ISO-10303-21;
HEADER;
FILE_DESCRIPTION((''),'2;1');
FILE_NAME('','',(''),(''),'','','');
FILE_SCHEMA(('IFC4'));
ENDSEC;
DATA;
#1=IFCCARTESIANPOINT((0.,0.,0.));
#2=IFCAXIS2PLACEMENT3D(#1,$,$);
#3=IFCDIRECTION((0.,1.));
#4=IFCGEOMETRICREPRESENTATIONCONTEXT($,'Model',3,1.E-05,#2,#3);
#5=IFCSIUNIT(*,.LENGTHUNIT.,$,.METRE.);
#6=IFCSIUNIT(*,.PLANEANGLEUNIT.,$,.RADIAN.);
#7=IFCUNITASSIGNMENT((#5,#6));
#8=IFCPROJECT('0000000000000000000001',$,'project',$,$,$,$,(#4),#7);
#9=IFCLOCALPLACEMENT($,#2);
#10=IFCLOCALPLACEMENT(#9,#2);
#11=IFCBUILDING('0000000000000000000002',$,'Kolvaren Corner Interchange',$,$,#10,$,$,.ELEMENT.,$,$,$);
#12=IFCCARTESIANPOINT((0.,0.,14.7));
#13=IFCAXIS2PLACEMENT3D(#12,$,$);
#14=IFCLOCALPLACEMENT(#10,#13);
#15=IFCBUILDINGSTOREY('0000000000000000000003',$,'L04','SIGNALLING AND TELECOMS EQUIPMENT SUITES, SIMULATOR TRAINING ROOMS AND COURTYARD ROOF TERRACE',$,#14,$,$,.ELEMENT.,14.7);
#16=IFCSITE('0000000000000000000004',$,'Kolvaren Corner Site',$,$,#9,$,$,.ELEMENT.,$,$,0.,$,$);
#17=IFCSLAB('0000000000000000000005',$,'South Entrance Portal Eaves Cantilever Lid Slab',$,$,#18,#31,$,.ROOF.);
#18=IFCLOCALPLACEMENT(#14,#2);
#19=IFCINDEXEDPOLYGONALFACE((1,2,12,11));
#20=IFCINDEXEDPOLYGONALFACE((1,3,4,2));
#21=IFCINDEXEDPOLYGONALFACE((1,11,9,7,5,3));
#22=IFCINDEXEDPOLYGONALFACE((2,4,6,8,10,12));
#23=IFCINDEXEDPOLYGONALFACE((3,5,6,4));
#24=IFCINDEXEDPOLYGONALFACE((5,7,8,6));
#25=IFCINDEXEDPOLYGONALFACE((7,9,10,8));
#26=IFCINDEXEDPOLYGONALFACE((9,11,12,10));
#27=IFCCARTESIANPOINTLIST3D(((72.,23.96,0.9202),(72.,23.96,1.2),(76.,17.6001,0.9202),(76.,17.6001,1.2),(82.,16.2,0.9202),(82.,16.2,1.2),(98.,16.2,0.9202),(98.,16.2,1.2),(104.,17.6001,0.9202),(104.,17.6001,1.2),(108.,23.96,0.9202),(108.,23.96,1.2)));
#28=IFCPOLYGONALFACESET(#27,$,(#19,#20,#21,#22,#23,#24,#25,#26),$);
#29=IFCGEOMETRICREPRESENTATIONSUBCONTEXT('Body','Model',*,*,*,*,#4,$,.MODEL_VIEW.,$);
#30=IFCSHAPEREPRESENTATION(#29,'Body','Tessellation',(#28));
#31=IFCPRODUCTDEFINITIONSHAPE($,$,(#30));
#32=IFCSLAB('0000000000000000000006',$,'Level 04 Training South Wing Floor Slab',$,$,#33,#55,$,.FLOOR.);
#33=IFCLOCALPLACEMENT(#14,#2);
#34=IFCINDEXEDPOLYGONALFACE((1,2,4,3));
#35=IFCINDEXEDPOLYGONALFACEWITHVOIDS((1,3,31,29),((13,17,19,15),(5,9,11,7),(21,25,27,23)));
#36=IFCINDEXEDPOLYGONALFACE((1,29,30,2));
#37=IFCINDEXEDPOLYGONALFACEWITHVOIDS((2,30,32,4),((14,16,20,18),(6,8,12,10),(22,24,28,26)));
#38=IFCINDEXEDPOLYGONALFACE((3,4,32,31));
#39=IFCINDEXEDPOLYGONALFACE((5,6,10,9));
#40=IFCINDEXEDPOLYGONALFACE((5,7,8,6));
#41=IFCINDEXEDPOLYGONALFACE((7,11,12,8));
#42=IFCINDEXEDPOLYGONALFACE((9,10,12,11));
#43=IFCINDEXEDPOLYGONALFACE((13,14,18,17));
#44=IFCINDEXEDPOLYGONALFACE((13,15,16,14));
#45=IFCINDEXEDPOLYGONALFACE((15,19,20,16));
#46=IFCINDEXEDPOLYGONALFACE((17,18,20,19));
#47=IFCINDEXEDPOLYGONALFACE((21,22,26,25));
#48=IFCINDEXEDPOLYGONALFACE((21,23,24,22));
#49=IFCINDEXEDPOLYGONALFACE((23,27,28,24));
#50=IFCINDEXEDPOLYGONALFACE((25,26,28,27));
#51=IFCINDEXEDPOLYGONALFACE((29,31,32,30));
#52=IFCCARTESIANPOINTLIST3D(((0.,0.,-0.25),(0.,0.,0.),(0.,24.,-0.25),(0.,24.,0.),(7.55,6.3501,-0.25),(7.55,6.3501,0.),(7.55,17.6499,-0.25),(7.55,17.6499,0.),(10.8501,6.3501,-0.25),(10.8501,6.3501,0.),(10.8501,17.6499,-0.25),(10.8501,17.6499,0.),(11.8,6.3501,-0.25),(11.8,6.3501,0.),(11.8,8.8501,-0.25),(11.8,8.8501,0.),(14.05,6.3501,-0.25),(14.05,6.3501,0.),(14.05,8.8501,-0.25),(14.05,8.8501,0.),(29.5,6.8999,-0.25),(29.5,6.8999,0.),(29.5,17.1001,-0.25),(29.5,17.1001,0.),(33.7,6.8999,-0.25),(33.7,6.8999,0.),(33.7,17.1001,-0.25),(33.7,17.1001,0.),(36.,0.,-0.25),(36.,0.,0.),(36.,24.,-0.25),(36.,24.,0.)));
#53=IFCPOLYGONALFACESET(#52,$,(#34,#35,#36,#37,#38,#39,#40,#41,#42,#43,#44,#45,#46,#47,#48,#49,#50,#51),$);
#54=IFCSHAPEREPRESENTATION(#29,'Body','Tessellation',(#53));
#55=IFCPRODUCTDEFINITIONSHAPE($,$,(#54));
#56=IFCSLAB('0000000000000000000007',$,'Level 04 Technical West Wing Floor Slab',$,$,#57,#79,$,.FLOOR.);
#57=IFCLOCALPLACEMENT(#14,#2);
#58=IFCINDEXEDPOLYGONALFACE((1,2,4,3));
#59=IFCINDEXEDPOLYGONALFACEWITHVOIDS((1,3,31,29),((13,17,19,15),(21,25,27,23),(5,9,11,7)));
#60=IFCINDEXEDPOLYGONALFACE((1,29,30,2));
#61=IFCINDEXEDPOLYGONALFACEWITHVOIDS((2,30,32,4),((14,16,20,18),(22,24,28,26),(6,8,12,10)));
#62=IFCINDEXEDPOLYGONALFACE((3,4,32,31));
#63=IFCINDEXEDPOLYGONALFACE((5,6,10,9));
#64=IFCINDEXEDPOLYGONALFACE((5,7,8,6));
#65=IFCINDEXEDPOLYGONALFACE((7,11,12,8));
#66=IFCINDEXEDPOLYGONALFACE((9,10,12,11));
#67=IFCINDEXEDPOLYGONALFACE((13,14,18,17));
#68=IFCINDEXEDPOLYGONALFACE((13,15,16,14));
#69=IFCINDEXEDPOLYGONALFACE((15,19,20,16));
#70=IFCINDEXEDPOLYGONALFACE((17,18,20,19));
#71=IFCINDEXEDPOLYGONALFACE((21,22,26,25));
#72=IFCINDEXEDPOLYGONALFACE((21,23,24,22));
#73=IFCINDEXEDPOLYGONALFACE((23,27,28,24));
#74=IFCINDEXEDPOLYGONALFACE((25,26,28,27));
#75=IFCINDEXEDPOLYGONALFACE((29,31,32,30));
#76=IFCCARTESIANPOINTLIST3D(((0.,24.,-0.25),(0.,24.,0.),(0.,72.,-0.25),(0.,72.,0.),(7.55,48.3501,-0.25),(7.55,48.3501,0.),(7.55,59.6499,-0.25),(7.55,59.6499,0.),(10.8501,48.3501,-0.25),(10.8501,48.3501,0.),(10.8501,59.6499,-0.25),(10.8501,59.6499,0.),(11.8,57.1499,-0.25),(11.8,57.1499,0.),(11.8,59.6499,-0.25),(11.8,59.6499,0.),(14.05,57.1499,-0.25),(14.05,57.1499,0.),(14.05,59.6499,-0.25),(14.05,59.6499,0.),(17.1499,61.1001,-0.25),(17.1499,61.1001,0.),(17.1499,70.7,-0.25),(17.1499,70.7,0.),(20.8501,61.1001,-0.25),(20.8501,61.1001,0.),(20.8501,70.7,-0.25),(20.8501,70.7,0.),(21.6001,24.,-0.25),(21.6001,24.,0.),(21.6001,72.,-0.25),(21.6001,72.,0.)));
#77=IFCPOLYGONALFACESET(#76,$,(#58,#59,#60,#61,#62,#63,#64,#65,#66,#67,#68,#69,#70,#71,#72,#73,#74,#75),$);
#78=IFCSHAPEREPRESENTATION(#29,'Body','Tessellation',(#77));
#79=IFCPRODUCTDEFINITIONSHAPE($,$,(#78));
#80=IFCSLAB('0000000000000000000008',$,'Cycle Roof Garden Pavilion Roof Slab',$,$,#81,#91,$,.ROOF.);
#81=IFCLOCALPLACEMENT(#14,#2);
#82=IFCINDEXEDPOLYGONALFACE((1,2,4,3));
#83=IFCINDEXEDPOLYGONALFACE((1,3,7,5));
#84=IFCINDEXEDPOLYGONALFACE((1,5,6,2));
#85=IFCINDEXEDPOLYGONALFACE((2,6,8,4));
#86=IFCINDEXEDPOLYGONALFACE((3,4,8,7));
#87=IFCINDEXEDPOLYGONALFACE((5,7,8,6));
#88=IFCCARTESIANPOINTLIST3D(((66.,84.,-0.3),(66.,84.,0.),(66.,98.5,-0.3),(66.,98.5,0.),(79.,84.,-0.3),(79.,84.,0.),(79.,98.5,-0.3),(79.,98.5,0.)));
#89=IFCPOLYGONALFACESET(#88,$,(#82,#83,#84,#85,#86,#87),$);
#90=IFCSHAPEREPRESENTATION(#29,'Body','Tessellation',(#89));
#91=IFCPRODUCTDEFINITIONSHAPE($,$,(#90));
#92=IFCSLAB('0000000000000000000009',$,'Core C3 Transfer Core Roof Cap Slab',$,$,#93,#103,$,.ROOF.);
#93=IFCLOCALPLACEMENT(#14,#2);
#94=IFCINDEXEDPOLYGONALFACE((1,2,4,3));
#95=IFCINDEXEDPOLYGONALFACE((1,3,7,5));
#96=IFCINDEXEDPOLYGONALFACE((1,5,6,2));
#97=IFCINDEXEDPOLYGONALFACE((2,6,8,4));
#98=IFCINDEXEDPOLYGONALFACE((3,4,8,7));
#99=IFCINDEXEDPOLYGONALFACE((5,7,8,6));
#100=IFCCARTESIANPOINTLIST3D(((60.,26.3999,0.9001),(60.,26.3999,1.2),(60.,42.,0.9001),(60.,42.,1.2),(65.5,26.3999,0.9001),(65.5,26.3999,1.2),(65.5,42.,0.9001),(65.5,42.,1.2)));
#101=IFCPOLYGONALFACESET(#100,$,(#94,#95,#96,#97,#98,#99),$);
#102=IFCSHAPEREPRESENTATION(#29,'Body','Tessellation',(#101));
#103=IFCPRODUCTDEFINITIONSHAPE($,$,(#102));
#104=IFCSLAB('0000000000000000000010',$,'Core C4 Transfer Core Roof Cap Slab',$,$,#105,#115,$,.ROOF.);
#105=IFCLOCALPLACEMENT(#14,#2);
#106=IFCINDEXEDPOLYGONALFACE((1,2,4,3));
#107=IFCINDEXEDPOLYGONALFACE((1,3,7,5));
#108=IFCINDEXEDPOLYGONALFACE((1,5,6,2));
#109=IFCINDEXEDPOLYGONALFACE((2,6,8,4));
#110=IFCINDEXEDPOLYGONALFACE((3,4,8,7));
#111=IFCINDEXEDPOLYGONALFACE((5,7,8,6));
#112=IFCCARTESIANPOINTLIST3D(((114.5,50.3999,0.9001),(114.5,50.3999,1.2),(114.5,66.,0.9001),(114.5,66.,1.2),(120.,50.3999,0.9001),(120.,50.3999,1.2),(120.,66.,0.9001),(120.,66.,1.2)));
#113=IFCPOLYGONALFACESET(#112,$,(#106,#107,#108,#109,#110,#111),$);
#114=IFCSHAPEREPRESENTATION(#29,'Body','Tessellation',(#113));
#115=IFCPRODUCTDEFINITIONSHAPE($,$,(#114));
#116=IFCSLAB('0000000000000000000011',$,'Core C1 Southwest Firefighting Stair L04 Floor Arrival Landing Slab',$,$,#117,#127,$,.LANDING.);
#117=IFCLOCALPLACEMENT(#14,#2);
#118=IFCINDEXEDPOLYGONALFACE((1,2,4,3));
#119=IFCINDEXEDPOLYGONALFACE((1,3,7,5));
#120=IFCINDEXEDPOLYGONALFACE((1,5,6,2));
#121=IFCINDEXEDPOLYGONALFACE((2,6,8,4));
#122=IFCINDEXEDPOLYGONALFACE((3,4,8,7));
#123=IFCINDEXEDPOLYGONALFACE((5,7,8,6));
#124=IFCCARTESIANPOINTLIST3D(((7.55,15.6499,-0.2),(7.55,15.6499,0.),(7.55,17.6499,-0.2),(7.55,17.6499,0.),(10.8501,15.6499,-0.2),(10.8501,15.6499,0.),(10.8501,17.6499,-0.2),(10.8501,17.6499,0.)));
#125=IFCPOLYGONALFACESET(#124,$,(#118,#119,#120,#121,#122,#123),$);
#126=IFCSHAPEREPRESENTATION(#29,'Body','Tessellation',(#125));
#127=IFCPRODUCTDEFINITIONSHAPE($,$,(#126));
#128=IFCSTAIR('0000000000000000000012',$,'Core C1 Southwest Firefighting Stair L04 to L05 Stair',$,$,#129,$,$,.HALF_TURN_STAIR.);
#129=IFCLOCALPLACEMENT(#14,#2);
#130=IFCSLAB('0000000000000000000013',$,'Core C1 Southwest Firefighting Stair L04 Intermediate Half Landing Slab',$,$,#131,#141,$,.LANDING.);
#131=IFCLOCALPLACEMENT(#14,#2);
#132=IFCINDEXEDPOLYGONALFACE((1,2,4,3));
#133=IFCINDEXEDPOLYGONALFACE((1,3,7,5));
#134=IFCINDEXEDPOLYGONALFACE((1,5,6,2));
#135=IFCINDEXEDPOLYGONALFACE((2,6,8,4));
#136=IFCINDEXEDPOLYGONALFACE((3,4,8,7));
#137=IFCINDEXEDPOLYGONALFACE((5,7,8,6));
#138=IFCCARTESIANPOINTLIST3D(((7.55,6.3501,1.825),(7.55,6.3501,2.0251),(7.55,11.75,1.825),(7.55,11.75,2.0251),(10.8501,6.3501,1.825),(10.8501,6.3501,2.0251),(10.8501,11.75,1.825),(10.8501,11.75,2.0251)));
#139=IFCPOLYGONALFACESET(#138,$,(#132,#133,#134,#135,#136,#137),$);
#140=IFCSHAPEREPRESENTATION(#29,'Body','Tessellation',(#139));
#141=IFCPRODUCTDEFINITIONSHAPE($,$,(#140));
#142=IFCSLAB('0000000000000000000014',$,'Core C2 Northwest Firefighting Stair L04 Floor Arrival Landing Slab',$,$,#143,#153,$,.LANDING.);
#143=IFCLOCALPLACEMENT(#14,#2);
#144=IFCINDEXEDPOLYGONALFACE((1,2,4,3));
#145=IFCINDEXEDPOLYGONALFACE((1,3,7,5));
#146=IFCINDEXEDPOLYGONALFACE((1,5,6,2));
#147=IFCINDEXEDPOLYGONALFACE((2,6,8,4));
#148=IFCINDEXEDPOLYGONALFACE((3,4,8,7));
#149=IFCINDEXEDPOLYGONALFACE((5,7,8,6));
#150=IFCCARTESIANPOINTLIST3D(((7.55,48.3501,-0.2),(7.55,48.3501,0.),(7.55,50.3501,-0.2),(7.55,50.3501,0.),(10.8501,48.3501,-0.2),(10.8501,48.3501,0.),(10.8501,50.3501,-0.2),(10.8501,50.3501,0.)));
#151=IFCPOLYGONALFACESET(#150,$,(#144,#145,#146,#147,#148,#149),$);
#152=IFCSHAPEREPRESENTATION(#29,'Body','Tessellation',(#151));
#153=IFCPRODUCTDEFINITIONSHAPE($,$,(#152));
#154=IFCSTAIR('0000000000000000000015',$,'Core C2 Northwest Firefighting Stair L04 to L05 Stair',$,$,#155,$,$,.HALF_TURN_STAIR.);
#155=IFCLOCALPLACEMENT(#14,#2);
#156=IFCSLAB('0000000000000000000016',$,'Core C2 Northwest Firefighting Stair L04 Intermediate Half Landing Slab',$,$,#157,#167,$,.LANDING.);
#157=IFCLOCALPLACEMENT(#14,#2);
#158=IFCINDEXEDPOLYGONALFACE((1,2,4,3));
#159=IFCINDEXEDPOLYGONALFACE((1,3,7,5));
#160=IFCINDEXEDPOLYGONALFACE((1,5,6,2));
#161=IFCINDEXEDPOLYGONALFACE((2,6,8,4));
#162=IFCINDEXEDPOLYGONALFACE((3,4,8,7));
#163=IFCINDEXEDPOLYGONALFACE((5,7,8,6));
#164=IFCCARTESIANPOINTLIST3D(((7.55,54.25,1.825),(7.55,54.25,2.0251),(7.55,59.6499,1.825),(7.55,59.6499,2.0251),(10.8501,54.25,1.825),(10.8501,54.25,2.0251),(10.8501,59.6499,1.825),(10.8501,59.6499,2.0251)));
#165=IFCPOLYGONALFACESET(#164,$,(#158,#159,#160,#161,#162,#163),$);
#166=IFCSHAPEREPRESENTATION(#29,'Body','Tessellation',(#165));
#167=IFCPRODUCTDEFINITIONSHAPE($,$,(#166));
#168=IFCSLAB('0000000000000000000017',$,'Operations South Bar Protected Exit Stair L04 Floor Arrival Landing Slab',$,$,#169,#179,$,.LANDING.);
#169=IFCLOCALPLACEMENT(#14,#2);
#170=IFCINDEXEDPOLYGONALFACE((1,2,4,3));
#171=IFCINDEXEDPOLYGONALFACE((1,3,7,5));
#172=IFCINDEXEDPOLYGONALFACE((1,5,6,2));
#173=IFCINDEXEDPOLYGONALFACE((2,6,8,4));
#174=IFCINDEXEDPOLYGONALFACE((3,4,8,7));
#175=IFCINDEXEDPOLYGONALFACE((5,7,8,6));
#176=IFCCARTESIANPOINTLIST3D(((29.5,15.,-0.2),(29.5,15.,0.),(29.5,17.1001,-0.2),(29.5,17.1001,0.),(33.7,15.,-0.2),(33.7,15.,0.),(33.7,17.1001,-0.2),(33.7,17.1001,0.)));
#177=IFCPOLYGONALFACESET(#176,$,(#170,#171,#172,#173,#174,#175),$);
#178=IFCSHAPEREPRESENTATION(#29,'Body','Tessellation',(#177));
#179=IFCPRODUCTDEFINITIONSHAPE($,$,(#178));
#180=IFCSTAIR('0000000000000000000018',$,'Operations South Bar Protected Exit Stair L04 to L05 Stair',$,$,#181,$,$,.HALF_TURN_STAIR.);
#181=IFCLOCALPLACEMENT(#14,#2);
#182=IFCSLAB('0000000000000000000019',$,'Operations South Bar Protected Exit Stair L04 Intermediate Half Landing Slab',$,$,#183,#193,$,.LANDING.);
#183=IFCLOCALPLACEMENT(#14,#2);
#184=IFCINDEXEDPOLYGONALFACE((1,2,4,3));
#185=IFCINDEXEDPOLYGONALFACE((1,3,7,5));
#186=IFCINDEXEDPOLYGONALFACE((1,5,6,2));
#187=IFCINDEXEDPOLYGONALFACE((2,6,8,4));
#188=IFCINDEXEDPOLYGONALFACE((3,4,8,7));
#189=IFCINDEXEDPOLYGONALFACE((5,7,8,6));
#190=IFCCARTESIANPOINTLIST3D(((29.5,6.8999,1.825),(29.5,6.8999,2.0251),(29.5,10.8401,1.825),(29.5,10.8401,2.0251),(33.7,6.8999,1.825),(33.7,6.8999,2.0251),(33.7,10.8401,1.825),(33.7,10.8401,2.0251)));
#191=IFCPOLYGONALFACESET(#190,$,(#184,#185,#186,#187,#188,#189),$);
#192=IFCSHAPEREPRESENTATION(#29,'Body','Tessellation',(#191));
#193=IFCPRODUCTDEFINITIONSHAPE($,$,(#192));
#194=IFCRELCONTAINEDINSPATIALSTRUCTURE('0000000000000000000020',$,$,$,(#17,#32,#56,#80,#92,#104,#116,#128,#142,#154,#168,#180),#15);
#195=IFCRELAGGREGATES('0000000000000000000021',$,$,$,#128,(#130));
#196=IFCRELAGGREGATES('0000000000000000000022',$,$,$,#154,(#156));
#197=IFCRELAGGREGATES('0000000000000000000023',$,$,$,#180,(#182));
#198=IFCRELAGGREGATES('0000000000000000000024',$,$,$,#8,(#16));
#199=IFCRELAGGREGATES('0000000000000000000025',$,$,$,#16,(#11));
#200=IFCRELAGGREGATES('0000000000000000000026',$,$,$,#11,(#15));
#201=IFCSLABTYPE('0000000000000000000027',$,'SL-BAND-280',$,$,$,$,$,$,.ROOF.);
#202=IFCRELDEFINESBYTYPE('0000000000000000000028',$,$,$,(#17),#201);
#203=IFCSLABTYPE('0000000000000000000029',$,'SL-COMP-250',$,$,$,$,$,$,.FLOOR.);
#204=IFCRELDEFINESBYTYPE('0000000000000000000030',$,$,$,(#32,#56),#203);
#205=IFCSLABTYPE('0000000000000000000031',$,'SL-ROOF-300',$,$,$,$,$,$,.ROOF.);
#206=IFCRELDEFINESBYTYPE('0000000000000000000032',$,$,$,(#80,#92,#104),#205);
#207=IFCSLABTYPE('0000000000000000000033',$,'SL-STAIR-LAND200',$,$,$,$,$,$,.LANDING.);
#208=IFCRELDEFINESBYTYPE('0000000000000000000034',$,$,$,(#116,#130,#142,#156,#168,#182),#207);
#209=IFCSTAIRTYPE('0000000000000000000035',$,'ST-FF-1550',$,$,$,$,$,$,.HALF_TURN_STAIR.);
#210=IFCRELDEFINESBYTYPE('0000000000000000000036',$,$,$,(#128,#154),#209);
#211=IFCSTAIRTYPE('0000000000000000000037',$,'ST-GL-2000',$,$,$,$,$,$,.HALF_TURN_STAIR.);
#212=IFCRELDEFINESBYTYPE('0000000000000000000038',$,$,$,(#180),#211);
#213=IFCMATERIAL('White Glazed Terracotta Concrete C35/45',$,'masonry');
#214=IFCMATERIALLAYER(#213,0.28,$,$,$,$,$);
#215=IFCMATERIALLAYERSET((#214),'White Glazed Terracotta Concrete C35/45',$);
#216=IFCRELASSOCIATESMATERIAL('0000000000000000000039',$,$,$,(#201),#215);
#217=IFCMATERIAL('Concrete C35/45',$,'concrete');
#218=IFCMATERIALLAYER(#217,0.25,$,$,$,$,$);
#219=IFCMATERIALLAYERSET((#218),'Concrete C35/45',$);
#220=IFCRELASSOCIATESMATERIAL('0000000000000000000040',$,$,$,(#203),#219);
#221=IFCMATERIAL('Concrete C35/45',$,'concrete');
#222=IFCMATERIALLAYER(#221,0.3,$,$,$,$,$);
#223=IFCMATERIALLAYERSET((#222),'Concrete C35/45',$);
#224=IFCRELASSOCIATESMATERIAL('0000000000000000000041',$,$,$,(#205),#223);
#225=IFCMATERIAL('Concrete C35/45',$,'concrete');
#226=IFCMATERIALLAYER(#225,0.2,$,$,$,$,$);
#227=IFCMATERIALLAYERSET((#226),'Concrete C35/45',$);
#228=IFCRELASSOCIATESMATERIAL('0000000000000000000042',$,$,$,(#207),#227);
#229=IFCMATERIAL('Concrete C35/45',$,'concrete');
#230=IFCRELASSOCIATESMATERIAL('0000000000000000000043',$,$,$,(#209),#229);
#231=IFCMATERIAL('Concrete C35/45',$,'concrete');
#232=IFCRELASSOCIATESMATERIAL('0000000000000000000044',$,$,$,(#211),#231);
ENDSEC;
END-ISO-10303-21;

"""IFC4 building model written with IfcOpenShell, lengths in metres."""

from ifc_helpers import new_model, si_unit, direction, frame, origin, place, context, subcontext, project, spatial, polyline, outline, extrude, material, layer, layer_set, type_object, element, aggregate, save


model = new_model("IFC4")

# Units and contexts
model_context = context("Model", 3, precision=1e-05, world=origin(), true_north=direction((0.0, 1.0)))
body_context = subcontext(model_context, "Body", "Model", "MODEL_VIEW")
ifc_project = project(units=[si_unit("LENGTHUNIT", "METRE"), si_unit("PLANEANGLEUNIT", "RADIAN")], contexts=[model_context])

# Site, building, storey
site_placement = place(None, origin())
site = spatial("IfcSite", under=ifc_project, at=site_placement, Name="Kolvaren Corner Site", CompositionType="ELEMENT", RefElevation=0.0)
building_placement = place(site_placement, origin())
building = spatial("IfcBuilding", under=site, at=building_placement, Name="Kolvaren Corner Interchange", CompositionType="ELEMENT")
storey_placement = place(building_placement, frame((0.0, 0.0, 14.7)))
storey = spatial("IfcBuildingStorey", under=building, at=storey_placement, Name="L04", Description="SIGNALLING AND TELECOMS EQUIPMENT SUITES, SIMULATOR TRAINING ROOMS AND COURTYARD ROOF TERRACE", CompositionType="ELEMENT", Elevation=14.7)

# Slabs
ifc_material_1 = material(Name="White Glazed Terracotta Concrete C35/45", Category="masonry")
ifc_layer_1 = layer(ifc_material_1, 0.28)
ifc_layer_set_1 = layer_set([ifc_layer_1], Name="White Glazed Terracotta Concrete C35/45")
slab_type_1 = type_object("IfcSlabType", Name="SL-BAND-280", PredefinedType="ROOF", material=ifc_layer_set_1)
slab_1_placement = place(storey_placement, frame((0.0, 0.0, 0.9202)))
element("IfcSlab", 1, at=slab_1_placement, inside=storey, type_object=slab_type_1, Name="South Entrance Portal Eaves Cantilever Lid Slab", PredefinedType="ROOF", context=body_context, shape_type="SweptSolid", body=[
    extrude(outline(polyline([(72.0, 23.96), (76.0, 17.6001), (82.0, 16.2), (98.0, 16.2), (104.0, 17.6001), (108.0, 23.96), (72.0, 23.96)])), origin(), (0.0, 0.0, 1.0), 0.2798),
])
ifc_material_2 = material(Name="Concrete C35/45", Category="concrete")
ifc_layer_2 = layer(ifc_material_2, 0.25)
ifc_layer_set_2 = layer_set([ifc_layer_2], Name="Concrete C35/45")
slab_type_2 = type_object("IfcSlabType", Name="SL-COMP-250", PredefinedType="FLOOR", material=ifc_layer_set_2)
slab_2_placement = place(storey_placement, frame((0.0, 0.0, -0.25)))
element("IfcSlab", 2, at=slab_2_placement, inside=storey, type_object=slab_type_2, Name="Level 04 Training South Wing Floor Slab", PredefinedType="FLOOR", context=body_context, shape_type="SweptSolid", body=[
    extrude(outline(polyline([(0.0, 24.0), (0.0, 0.0), (36.0, 0.0), (36.0, 24.0), (0.0, 24.0)]), holes=[polyline([(10.8501, 17.6499), (10.8501, 6.3501), (7.55, 6.3501), (7.55, 17.6499), (10.8501, 17.6499)]), polyline([(29.5, 6.8999), (29.5, 17.1001), (33.7, 17.1001), (33.7, 6.8999), (29.5, 6.8999)]), polyline([(14.05, 8.8501), (14.05, 6.3501), (11.8, 6.3501), (11.8, 8.8501), (14.05, 8.8501)])]), origin(), (0.0, 0.0, 1.0), 0.25),
])
slab_3_placement = place(storey_placement, frame((0.0, 0.0, -0.25)))
element("IfcSlab", 3, at=slab_3_placement, inside=storey, type_object=slab_type_2, Name="Level 04 Technical West Wing Floor Slab", PredefinedType="FLOOR", context=body_context, shape_type="SweptSolid", body=[
    extrude(outline(polyline([(21.6001, 72.0), (0.0, 72.0), (0.0, 24.0), (21.6001, 24.0), (21.6001, 72.0)]), holes=[polyline([(10.8501, 59.6499), (10.8501, 48.3501), (7.55, 48.3501), (7.55, 59.6499), (10.8501, 59.6499)]), polyline([(17.1499, 61.1001), (17.1499, 70.7), (20.8501, 70.7), (20.8501, 61.1001), (17.1499, 61.1001)]), polyline([(14.05, 59.6499), (14.05, 57.1499), (11.8, 57.1499), (11.8, 59.6499), (14.05, 59.6499)])]), origin(), (0.0, 0.0, 1.0), 0.25),
])
ifc_material_3 = material(Name="Concrete C35/45", Category="concrete")
ifc_layer_3 = layer(ifc_material_3, 0.3)
ifc_layer_set_3 = layer_set([ifc_layer_3], Name="Concrete C35/45")
slab_type_3 = type_object("IfcSlabType", Name="SL-ROOF-300", PredefinedType="ROOF", material=ifc_layer_set_3)
slab_4_placement = place(storey_placement, frame((0.0, 0.0, -0.3)))
element("IfcSlab", 4, at=slab_4_placement, inside=storey, type_object=slab_type_3, Name="Cycle Roof Garden Pavilion Roof Slab", PredefinedType="ROOF", context=body_context, shape_type="SweptSolid", body=[
    extrude(outline(polyline([(66.0, 84.0), (79.0, 84.0), (79.0, 98.5), (66.0, 98.5), (66.0, 84.0)])), origin(), (0.0, 0.0, 1.0), 0.3),
])
slab_5_placement = place(storey_placement, frame((0.0, 0.0, 0.9001)))
element("IfcSlab", 5, at=slab_5_placement, inside=storey, type_object=slab_type_3, Name="Core C3 Transfer Core Roof Cap Slab", PredefinedType="ROOF", context=body_context, shape_type="SweptSolid", body=[
    extrude(outline(polyline([(60.0, 26.3999), (65.5, 26.3999), (65.5, 42.0), (60.0, 42.0), (60.0, 26.3999)])), origin(), (0.0, 0.0, 1.0), 0.2998),
])
slab_6_placement = place(storey_placement, frame((0.0, 0.0, 0.9001)))
element("IfcSlab", 6, at=slab_6_placement, inside=storey, type_object=slab_type_3, Name="Core C4 Transfer Core Roof Cap Slab", PredefinedType="ROOF", context=body_context, shape_type="SweptSolid", body=[
    extrude(outline(polyline([(114.5, 50.3999), (120.0, 50.3999), (120.0, 66.0), (114.5, 66.0), (114.5, 50.3999)])), origin(), (0.0, 0.0, 1.0), 0.2998),
])
ifc_material_4 = material(Name="Concrete C35/45", Category="concrete")
ifc_layer_4 = layer(ifc_material_4, 0.2)
ifc_layer_set_4 = layer_set([ifc_layer_4], Name="Concrete C35/45")
slab_type_4 = type_object("IfcSlabType", Name="SL-STAIR-LAND200", PredefinedType="LANDING", material=ifc_layer_set_4)
slab_7_placement = place(storey_placement, frame((0.0, 0.0, -0.2)))
element("IfcSlab", 7, at=slab_7_placement, inside=storey, type_object=slab_type_4, Name="Core C1 Southwest Firefighting Stair L04 Floor Arrival Landing Slab", PredefinedType="LANDING", context=body_context, shape_type="SweptSolid", body=[
    extrude(outline(polyline([(7.55, 17.6499), (7.55, 15.6499), (10.8501, 15.6499), (10.8501, 17.6499), (7.55, 17.6499)])), origin(), (0.0, 0.0, 1.0), 0.2),
])

# Stair, slab
ifc_material_5 = material(Name="Concrete C35/45", Category="concrete")
stair_type_1 = type_object("IfcStairType", Name="ST-FF-1550", PredefinedType="HALF_TURN_STAIR", material=ifc_material_5)
stair_1_placement = place(storey_placement, origin())
stair_1 = element("IfcStair", 8, at=stair_1_placement, inside=storey, type_object=stair_type_1, Name="Core C1 Southwest Firefighting Stair L04 to L05 Stair", PredefinedType="HALF_TURN_STAIR")
slab_8_placement = place(storey_placement, frame((0.0, 0.0, 1.825)))
slab_8 = element("IfcSlab", 9, at=slab_8_placement, type_object=slab_type_4, Name="Core C1 Southwest Firefighting Stair L04 Intermediate Half Landing Slab", PredefinedType="LANDING", context=body_context, shape_type="SweptSolid", body=[
    extrude(outline(polyline([(7.55, 11.75), (7.55, 6.3501), (10.8501, 6.3501), (10.8501, 11.75), (7.55, 11.75)])), origin(), (0.0, 0.0, 1.0), 0.2002),
])
aggregate(stair_1, [slab_8])

# Slab
slab_9_placement = place(storey_placement, frame((0.0, 0.0, -0.2)))
element("IfcSlab", 10, at=slab_9_placement, inside=storey, type_object=slab_type_4, Name="Core C2 Northwest Firefighting Stair L04 Floor Arrival Landing Slab", PredefinedType="LANDING", context=body_context, shape_type="SweptSolid", body=[
    extrude(outline(polyline([(10.8501, 48.3501), (10.8501, 50.3501), (7.55, 50.3501), (7.55, 48.3501), (10.8501, 48.3501)])), origin(), (0.0, 0.0, 1.0), 0.2),
])

# Stair, slab
stair_2_placement = place(storey_placement, origin())
stair_2 = element("IfcStair", 11, at=stair_2_placement, inside=storey, type_object=stair_type_1, Name="Core C2 Northwest Firefighting Stair L04 to L05 Stair", PredefinedType="HALF_TURN_STAIR")
slab_10_placement = place(storey_placement, frame((0.0, 0.0, 1.825)))
slab_10 = element("IfcSlab", 12, at=slab_10_placement, type_object=slab_type_4, Name="Core C2 Northwest Firefighting Stair L04 Intermediate Half Landing Slab", PredefinedType="LANDING", context=body_context, shape_type="SweptSolid", body=[
    extrude(outline(polyline([(10.8501, 54.25), (10.8501, 59.6499), (7.55, 59.6499), (7.55, 54.25), (10.8501, 54.25)])), origin(), (0.0, 0.0, 1.0), 0.2002),
])
aggregate(stair_2, [slab_10])

# Slab
slab_11_placement = place(storey_placement, frame((0.0, 0.0, -0.2)))
element("IfcSlab", 13, at=slab_11_placement, inside=storey, type_object=slab_type_4, Name="Operations South Bar Protected Exit Stair L04 Floor Arrival Landing Slab", PredefinedType="LANDING", context=body_context, shape_type="SweptSolid", body=[
    extrude(outline(polyline([(29.5, 17.1001), (29.5, 15.0), (33.7, 15.0), (33.7, 17.1001), (29.5, 17.1001)])), origin(), (0.0, 0.0, 1.0), 0.2),
])

# Stair, slab
ifc_material_6 = material(Name="Concrete C35/45", Category="concrete")
stair_type_2 = type_object("IfcStairType", Name="ST-GL-2000", PredefinedType="HALF_TURN_STAIR", material=ifc_material_6)
stair_3_placement = place(storey_placement, origin())
stair_3 = element("IfcStair", 14, at=stair_3_placement, inside=storey, type_object=stair_type_2, Name="Operations South Bar Protected Exit Stair L04 to L05 Stair", PredefinedType="HALF_TURN_STAIR")
slab_12_placement = place(storey_placement, frame((0.0, 0.0, 1.825)))
slab_12 = element("IfcSlab", 15, at=slab_12_placement, type_object=slab_type_4, Name="Operations South Bar Protected Exit Stair L04 Intermediate Half Landing Slab", PredefinedType="LANDING", context=body_context, shape_type="SweptSolid", body=[
    extrude(outline(polyline([(29.5, 10.8401), (29.5, 6.8999), (33.7, 6.8999), (33.7, 10.8401), (29.5, 10.8401)])), origin(), (0.0, 0.0, 1.0), 0.2002),
])
aggregate(stair_3, [slab_12])

save(model, "model.ifc")
